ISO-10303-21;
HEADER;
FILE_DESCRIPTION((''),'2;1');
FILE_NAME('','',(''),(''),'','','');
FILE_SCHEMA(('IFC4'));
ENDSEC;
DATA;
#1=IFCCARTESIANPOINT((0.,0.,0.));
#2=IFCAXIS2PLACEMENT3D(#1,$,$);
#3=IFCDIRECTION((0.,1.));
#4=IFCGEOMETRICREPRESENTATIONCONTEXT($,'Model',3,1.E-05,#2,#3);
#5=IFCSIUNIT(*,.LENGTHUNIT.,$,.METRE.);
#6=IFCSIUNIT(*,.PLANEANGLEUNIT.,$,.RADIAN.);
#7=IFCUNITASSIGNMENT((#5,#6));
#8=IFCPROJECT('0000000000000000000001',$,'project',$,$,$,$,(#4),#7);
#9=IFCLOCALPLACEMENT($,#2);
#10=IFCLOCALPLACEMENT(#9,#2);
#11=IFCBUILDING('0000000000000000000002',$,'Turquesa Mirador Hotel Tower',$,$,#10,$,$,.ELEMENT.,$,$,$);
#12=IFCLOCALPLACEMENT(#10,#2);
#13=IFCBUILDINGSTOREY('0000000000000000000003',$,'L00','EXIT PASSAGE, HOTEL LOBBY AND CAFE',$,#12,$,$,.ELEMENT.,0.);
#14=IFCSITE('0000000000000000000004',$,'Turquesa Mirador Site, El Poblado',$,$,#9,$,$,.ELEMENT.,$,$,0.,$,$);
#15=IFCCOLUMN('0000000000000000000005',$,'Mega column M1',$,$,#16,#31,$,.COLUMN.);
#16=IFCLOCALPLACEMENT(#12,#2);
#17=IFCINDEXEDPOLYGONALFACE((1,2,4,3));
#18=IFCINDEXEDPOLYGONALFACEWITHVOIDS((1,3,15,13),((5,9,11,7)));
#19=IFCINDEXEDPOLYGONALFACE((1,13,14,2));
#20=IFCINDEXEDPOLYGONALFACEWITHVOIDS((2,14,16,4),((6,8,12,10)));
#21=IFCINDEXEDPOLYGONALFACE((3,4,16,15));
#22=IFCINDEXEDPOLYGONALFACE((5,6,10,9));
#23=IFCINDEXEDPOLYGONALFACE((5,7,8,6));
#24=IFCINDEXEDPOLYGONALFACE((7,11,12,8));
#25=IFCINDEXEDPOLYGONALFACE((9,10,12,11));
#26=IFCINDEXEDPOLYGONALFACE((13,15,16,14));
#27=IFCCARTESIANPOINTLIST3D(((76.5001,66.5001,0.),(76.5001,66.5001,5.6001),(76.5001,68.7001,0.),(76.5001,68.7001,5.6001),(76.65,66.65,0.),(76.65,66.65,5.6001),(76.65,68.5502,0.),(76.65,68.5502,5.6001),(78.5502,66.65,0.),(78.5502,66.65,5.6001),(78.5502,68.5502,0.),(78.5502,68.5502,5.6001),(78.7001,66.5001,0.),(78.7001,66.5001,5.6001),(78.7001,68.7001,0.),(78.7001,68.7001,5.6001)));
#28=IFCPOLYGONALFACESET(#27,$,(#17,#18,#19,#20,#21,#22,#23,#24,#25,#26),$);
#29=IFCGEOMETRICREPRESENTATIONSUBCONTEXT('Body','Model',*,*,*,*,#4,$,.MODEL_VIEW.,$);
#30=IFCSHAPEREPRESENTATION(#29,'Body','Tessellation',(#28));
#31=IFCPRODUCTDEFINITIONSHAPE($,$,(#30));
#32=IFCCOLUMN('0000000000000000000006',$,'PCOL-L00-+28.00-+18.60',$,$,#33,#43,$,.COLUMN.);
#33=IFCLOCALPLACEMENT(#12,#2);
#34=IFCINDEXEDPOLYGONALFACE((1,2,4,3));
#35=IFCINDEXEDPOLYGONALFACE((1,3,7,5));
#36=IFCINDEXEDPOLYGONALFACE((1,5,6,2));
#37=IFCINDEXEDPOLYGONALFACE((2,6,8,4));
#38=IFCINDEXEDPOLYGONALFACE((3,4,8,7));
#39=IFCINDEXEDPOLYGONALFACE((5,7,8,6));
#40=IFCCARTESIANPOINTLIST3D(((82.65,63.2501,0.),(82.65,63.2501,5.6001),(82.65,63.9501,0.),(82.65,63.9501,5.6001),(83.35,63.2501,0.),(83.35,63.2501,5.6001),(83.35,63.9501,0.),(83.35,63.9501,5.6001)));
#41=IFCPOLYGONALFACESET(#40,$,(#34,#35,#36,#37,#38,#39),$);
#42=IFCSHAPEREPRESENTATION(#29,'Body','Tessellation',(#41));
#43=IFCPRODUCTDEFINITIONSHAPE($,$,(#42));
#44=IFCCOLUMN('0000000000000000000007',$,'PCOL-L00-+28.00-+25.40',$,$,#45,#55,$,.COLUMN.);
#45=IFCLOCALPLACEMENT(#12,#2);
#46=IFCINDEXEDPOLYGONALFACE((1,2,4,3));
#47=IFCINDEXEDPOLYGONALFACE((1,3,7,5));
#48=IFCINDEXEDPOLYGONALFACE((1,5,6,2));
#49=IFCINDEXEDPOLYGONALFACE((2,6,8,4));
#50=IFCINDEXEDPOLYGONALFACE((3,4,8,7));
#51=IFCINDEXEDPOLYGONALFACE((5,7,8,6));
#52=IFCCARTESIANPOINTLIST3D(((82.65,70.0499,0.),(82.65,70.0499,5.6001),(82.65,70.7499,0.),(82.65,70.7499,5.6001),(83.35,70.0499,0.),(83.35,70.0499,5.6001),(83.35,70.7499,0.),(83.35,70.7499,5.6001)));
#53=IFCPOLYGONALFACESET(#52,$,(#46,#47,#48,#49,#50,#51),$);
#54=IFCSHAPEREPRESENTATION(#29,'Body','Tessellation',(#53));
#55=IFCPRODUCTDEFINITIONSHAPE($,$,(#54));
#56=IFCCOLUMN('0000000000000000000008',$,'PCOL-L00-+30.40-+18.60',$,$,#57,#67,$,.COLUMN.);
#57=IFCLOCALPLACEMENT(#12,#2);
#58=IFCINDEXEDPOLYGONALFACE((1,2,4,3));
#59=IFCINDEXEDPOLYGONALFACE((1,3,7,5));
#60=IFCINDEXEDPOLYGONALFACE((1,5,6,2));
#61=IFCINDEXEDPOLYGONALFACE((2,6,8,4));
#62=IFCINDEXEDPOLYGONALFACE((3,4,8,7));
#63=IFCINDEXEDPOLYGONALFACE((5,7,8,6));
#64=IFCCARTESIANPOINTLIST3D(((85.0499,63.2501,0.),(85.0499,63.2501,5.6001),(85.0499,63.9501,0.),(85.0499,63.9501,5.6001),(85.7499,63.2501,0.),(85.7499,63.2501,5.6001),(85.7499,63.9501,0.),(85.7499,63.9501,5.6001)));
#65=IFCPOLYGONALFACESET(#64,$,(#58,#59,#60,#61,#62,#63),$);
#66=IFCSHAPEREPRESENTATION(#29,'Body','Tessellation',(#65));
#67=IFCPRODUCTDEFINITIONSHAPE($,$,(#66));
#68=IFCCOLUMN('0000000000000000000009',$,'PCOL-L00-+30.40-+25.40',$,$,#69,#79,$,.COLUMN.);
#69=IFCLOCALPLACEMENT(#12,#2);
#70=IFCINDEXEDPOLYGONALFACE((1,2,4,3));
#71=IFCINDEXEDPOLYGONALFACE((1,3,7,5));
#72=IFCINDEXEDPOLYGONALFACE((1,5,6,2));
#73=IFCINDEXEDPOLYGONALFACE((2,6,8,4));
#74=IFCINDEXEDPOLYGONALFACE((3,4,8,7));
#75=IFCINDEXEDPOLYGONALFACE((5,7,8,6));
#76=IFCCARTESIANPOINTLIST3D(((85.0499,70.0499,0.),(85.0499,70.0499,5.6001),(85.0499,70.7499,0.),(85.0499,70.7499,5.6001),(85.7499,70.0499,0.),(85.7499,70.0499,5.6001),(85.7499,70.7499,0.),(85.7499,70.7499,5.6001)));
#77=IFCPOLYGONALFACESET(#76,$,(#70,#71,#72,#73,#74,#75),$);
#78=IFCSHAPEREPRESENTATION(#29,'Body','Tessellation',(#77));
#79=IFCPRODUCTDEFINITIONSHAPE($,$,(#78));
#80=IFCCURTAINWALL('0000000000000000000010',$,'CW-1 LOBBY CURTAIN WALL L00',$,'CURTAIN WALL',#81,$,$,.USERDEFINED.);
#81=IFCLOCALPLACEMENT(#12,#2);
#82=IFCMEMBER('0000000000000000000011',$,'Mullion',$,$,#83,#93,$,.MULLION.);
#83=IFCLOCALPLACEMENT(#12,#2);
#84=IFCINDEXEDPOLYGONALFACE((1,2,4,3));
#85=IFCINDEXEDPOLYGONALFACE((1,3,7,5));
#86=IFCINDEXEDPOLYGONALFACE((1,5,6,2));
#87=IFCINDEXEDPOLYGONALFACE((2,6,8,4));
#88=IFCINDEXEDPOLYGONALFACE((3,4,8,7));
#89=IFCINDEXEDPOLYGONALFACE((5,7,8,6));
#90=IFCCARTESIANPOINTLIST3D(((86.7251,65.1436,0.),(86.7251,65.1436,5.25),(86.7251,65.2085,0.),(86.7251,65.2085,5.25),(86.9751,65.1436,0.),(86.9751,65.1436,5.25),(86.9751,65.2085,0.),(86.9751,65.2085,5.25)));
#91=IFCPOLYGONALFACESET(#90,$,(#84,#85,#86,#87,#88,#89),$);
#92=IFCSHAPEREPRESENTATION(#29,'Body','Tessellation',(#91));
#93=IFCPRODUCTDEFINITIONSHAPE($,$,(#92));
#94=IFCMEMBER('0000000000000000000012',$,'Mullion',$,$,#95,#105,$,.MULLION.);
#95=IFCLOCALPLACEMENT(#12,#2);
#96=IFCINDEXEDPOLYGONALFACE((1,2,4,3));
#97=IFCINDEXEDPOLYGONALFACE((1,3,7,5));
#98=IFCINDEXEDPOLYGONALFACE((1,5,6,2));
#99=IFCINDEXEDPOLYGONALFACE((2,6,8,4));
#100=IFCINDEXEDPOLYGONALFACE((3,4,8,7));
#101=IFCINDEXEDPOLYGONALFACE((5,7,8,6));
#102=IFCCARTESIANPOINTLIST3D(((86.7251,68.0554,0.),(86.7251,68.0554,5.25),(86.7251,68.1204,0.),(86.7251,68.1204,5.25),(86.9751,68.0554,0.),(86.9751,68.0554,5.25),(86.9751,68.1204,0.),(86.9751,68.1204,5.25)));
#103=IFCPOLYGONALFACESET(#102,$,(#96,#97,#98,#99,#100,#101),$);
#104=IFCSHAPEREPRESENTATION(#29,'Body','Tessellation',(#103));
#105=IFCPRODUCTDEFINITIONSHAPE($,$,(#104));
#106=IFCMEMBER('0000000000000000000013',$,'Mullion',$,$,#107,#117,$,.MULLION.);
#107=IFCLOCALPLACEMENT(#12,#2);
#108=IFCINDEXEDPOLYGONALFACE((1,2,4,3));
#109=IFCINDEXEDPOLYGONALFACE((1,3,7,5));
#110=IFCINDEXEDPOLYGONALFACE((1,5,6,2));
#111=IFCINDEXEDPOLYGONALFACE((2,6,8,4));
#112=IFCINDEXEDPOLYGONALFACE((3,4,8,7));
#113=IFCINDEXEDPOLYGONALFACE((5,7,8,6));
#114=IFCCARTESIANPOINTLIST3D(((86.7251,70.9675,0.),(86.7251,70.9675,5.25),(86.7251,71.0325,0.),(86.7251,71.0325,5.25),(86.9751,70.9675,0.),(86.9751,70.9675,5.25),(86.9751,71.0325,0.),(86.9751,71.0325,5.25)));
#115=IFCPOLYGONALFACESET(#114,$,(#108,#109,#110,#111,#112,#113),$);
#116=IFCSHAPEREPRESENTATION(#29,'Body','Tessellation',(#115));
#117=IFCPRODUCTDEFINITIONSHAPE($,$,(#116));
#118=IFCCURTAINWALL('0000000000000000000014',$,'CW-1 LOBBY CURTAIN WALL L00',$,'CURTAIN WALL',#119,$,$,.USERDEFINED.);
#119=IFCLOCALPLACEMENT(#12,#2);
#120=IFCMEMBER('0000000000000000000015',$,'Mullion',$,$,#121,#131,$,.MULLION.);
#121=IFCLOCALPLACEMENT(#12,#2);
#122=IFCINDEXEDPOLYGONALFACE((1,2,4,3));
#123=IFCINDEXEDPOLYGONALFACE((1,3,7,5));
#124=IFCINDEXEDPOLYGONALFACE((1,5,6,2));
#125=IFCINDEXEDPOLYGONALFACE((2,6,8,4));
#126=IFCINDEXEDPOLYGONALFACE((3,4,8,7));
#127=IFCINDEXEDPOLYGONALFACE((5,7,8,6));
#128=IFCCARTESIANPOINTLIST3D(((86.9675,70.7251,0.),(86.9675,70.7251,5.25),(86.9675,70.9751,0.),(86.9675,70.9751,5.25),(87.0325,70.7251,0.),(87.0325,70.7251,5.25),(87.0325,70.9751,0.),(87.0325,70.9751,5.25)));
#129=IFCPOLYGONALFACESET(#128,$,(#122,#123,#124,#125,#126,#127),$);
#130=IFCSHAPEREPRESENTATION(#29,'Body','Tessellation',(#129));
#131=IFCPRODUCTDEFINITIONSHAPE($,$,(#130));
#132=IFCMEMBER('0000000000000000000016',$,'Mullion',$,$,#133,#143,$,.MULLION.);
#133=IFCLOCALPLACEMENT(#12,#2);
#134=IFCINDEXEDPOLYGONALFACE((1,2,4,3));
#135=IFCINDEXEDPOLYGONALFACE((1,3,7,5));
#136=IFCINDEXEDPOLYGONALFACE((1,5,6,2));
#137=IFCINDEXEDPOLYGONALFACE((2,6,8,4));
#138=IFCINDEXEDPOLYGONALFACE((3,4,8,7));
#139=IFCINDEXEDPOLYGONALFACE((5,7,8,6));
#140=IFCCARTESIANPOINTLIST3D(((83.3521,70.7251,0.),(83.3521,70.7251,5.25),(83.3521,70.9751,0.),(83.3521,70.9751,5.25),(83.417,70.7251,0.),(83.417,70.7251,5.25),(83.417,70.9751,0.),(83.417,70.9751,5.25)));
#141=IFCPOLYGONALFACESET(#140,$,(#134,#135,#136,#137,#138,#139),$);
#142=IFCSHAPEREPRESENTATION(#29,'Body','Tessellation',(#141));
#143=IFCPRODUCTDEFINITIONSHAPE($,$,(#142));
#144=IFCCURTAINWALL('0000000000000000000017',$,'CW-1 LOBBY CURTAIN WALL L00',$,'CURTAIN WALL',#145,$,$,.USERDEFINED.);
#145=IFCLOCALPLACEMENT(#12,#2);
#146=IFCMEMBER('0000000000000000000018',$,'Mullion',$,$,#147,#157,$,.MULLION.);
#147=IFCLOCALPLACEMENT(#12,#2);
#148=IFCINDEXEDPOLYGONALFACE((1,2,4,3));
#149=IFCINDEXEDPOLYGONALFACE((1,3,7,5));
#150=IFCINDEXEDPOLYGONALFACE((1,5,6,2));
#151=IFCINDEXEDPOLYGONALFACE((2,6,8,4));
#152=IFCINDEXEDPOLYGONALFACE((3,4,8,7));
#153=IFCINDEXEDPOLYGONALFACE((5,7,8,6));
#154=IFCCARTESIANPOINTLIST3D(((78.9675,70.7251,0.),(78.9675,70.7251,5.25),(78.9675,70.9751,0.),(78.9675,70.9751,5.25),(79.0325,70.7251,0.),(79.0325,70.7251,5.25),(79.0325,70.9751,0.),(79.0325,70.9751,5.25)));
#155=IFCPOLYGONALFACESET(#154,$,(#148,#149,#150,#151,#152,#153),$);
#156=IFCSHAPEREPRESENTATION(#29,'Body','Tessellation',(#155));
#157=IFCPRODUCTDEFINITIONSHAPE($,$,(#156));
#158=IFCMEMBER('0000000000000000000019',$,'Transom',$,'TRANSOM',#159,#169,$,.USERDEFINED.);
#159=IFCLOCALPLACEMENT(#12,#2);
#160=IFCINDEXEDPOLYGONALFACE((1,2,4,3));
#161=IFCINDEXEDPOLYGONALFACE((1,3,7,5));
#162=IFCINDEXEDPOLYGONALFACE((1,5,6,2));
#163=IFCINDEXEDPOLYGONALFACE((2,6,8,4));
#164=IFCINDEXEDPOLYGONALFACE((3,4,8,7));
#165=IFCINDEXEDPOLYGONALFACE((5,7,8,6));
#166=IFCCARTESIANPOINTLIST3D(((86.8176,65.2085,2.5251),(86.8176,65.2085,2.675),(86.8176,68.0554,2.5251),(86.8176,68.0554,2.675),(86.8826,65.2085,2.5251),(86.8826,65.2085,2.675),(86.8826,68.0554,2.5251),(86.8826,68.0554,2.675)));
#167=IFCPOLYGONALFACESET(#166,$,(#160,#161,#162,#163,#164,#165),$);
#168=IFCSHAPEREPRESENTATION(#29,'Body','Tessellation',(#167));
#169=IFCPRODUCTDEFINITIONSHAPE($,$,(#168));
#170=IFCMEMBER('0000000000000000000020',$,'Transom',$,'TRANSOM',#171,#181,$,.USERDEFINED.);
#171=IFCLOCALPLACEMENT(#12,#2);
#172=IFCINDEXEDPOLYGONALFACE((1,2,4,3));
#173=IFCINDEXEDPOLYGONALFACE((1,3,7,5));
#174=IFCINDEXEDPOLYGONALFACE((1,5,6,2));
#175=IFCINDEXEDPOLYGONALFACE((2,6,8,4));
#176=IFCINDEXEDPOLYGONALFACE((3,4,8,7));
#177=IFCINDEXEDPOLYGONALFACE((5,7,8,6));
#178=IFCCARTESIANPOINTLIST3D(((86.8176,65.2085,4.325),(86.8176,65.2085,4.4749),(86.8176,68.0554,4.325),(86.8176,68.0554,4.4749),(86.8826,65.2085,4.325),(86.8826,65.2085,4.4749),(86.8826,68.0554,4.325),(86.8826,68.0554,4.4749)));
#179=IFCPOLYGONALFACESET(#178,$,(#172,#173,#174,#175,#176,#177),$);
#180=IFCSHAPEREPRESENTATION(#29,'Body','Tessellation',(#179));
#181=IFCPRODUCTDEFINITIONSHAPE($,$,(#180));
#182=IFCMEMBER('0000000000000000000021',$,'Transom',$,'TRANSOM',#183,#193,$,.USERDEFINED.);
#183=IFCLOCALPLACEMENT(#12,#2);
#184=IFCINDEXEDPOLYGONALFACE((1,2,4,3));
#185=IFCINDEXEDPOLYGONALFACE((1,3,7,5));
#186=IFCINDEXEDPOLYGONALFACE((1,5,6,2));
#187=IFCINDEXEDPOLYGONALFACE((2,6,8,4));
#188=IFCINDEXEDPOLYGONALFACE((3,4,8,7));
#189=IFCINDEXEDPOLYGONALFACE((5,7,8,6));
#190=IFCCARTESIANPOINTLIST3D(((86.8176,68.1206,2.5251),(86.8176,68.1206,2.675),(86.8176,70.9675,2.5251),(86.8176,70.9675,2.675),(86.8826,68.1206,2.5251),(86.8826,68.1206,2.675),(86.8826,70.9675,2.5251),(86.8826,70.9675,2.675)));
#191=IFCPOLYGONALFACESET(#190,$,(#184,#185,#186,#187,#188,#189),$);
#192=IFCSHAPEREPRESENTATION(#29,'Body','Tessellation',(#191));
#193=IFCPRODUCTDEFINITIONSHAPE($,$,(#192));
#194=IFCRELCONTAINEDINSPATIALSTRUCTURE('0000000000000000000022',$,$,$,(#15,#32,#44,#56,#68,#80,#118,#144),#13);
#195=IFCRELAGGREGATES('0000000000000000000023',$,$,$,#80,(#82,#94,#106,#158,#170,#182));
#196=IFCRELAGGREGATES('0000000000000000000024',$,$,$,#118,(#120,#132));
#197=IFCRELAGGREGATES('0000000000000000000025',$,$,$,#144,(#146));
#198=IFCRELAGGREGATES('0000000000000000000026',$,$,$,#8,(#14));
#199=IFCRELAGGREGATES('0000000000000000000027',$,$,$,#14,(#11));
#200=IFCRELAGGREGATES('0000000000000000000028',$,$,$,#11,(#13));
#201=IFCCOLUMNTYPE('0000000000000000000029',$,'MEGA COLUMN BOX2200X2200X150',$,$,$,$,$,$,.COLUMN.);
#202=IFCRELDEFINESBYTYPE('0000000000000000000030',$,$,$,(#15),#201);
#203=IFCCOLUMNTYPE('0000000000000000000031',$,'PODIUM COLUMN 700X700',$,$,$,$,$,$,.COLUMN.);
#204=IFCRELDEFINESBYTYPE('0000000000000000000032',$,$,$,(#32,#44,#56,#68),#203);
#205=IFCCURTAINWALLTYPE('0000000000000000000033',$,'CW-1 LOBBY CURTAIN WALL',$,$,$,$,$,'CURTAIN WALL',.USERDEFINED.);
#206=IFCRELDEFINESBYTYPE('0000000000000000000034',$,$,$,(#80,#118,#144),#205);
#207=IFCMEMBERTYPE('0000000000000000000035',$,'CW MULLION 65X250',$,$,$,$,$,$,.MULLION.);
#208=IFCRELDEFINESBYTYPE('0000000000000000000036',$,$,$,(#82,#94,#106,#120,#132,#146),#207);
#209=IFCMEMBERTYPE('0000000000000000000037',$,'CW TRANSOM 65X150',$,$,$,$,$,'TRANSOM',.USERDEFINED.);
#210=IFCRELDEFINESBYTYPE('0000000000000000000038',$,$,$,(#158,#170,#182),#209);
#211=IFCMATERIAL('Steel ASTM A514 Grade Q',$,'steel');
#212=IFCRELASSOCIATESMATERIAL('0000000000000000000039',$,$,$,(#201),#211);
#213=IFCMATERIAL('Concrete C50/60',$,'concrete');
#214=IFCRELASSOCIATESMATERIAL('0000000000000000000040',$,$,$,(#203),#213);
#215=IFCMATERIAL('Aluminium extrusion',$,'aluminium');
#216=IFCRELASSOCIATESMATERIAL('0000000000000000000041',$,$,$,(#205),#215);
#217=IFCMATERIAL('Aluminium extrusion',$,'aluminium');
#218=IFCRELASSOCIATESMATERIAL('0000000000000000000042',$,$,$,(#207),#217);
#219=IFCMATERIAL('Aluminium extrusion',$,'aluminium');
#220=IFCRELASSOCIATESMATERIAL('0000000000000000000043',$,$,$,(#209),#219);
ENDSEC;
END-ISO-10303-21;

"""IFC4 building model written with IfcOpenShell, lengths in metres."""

from ifc_helpers import new_model, si_unit, direction, frame, origin, origin_2d, place, context, subcontext, project, spatial, rectangle, hollow_rectangle, extrude, material, material_profile, profile_set, type_object, element, aggregate, save


model = new_model("IFC4")

# Units and contexts
model_context = context("Model", 3, precision=1e-05, world=origin(), true_north=direction((0.0, 1.0)))
body_context = subcontext(model_context, "Body", "Model", "MODEL_VIEW")
ifc_project = project(units=[si_unit("LENGTHUNIT", "METRE"), si_unit("PLANEANGLEUNIT", "RADIAN")], contexts=[model_context])

# Site, building, storey
site_placement = place(None, origin())
site = spatial("IfcSite", under=ifc_project, at=site_placement, Name="Turquesa Mirador Site, El Poblado", CompositionType="ELEMENT", RefElevation=0.0)
building_placement = place(site_placement, origin())
building = spatial("IfcBuilding", under=site, at=building_placement, Name="Turquesa Mirador Hotel Tower", CompositionType="ELEMENT")
storey_placement = place(building_placement, origin())
storey = spatial("IfcBuildingStorey", under=building, at=storey_placement, Name="L00", Description="EXIT PASSAGE, HOTEL LOBBY AND CAFE", CompositionType="ELEMENT", Elevation=0.0)

# Columns
ifc_material_1 = material(Name="Steel ASTM A514 Grade Q", Category="steel")
ifc_material_profile_1 = material_profile(ifc_material_1, hollow_rectangle(XDim=2.2, YDim=2.2, WallThickness=0.1499, at=origin_2d()), Name="BOX2200X2200X150")
ifc_profile_set_1 = profile_set([ifc_material_profile_1], Name="Steel ASTM A514 Grade Q")
column_type_1 = type_object("IfcColumnType", Name="MEGA COLUMN BOX2200X2200X150", PredefinedType="COLUMN", material=ifc_profile_set_1)
column_placement = place(storey_placement, frame((77.6001, 67.6001, 0.0), z_axis=(0.0, 0.0, 1.0), x_axis=(1.0, 0.0, 0.0)))
element("IfcColumn", 1, at=column_placement, inside=storey, type_object=column_type_1, Name="Mega column M1", PredefinedType="COLUMN", context=body_context, shape_type="SweptSolid", body=[
    extrude(hollow_rectangle(XDim=2.2, YDim=2.2, WallThickness=0.1499, at=origin_2d()), origin(), (0.0, 0.0, 1.0), 5.6001),
])
ifc_material_2 = material(Name="Concrete C50/60", Category="concrete")
ifc_material_profile_2 = material_profile(ifc_material_2, rectangle(XDim=0.7, YDim=0.7, at=origin_2d()), Name="RC 700X700")
ifc_profile_set_2 = profile_set([ifc_material_profile_2], Name="Concrete C50/60")
column_type_2 = type_object("IfcColumnType", Name="PODIUM COLUMN 700X700", PredefinedType="COLUMN", material=ifc_profile_set_2)
for number, where, z_axis, x_axis, name in (
    (2, (83.0, 63.6001, 0.0), (0.0, 0.0, 1.0), (1.0, 0.0, 0.0), "PCOL-L00-+28.00-+18.60"),
    (3, (83.0, 70.3999, 0.0), (0.0, 0.0, 1.0), (1.0, 0.0, 0.0), "PCOL-L00-+28.00-+25.40"),
    (4, (85.3999, 63.6001, 0.0), (0.0, 0.0, 1.0), (1.0, 0.0, 0.0), "PCOL-L00-+30.40-+18.60"),
    (5, (85.3999, 70.3999, 0.0), (0.0, 0.0, 1.0), (1.0, 0.0, 0.0), "PCOL-L00-+30.40-+25.40"),
):
    element("IfcColumn", number, at=place(storey_placement, frame(where, z_axis=z_axis, x_axis=x_axis)), inside=storey, type_object=column_type_2, Name=name, PredefinedType="COLUMN", context=body_context, shape_type="SweptSolid", body=[
        extrude(rectangle(XDim=0.7, YDim=0.7, at=origin_2d()), origin(), (0.0, 0.0, 1.0), 5.6001),
    ])

# Curtain walls, members
ifc_material_3 = material(Name="Aluminium extrusion", Category="aluminium")
curtain_wall_type = type_object("IfcCurtainWallType", Name="CW-1 LOBBY CURTAIN WALL", ElementType="CURTAIN WALL", PredefinedType="USERDEFINED", material=ifc_material_3)
curtain_wall_1_placement = place(storey_placement, origin())
curtain_wall_1 = element("IfcCurtainWall", 6, at=curtain_wall_1_placement, inside=storey, type_object=curtain_wall_type, Name="CW-1 LOBBY CURTAIN WALL L00", ObjectType="CURTAIN WALL", PredefinedType="USERDEFINED")
ifc_material_4 = material(Name="Aluminium extrusion", Category="aluminium")
ifc_material_profile_3 = material_profile(ifc_material_4, rectangle(XDim=0.0649, YDim=0.25, at=origin_2d()), Name="MULLION 65X250")
ifc_profile_set_3 = profile_set([ifc_material_profile_3], Name="Aluminium extrusion")
member_type_1 = type_object("IfcMemberType", Name="CW MULLION 65X250", PredefinedType="MULLION", material=ifc_profile_set_3)
member_1_placement = place(storey_placement, frame((86.8501, 65.176, 0.0), z_axis=(0.0, 0.0, 1.0), x_axis=(0.0, 1.0, 0.0)))
member_1 = element("IfcMember", 7, at=member_1_placement, type_object=member_type_1, Name="Mullion", PredefinedType="MULLION", context=body_context, shape_type="SweptSolid", body=[
    extrude(rectangle(XDim=0.0649, YDim=0.25, at=origin_2d()), origin(), (0.0, 0.0, 1.0), 5.25),
])
member_2_placement = place(storey_placement, frame((86.8501, 68.0879, 0.0), z_axis=(0.0, 0.0, 1.0), x_axis=(0.0, 1.0, 0.0)))
member_2 = element("IfcMember", 8, at=member_2_placement, type_object=member_type_1, Name="Mullion", PredefinedType="MULLION", context=body_context, shape_type="SweptSolid", body=[
    extrude(rectangle(XDim=0.0649, YDim=0.25, at=origin_2d()), origin(), (0.0, 0.0, 1.0), 5.25),
])
member_3_placement = place(storey_placement, frame((86.8501, 71.0, 0.0), z_axis=(0.0, 0.0, 1.0), x_axis=(0.0, 1.0, 0.0)))
member_3 = element("IfcMember", 9, at=member_3_placement, type_object=member_type_1, Name="Mullion", PredefinedType="MULLION", context=body_context, shape_type="SweptSolid", body=[
    extrude(rectangle(XDim=0.0649, YDim=0.25, at=origin_2d()), origin(), (0.0, 0.0, 1.0), 5.25),
])
curtain_wall_2_placement = place(storey_placement, origin())
curtain_wall_2 = element("IfcCurtainWall", 10, at=curtain_wall_2_placement, inside=storey, type_object=curtain_wall_type, Name="CW-1 LOBBY CURTAIN WALL L00", ObjectType="CURTAIN WALL", PredefinedType="USERDEFINED")
member_4_placement = place(storey_placement, frame((87.0, 70.8501, 0.0), z_axis=(0.0, 0.0, 1.0), x_axis=(-1.0, 0.0, 0.0)))
member_4 = element("IfcMember", 11, at=member_4_placement, type_object=member_type_1, Name="Mullion", PredefinedType="MULLION", context=body_context, shape_type="SweptSolid", body=[
    extrude(rectangle(XDim=0.0649, YDim=0.25, at=origin_2d()), origin(), (0.0, 0.0, 1.0), 5.25),
])
member_5_placement = place(storey_placement, frame((83.3845, 70.8501, 0.0), z_axis=(0.0, 0.0, 1.0), x_axis=(-1.0, 0.0, 0.0)))
member_5 = element("IfcMember", 12, at=member_5_placement, type_object=member_type_1, Name="Mullion", PredefinedType="MULLION", context=body_context, shape_type="SweptSolid", body=[
    extrude(rectangle(XDim=0.0649, YDim=0.25, at=origin_2d()), origin(), (0.0, 0.0, 1.0), 5.25),
])

# Curtain wall, member
curtain_wall_3_placement = place(storey_placement, origin())
curtain_wall_3 = element("IfcCurtainWall", 13, at=curtain_wall_3_placement, inside=storey, type_object=curtain_wall_type, Name="CW-1 LOBBY CURTAIN WALL L00", ObjectType="CURTAIN WALL", PredefinedType="USERDEFINED")
member_6_placement = place(storey_placement, frame((79.0, 70.8501, 0.0), z_axis=(0.0, 0.0, 1.0), x_axis=(-1.0, 0.0, 0.0)))
member_6 = element("IfcMember", 14, at=member_6_placement, type_object=member_type_1, Name="Mullion", PredefinedType="MULLION", context=body_context, shape_type="SweptSolid", body=[
    extrude(rectangle(XDim=0.0649, YDim=0.25, at=origin_2d()), origin(), (0.0, 0.0, 1.0), 5.25),
])

# Members
ifc_material_5 = material(Name="Aluminium extrusion", Category="aluminium")
ifc_material_profile_4 = material_profile(ifc_material_5, rectangle(XDim=0.0649, YDim=0.1499, at=origin_2d()), Name="TRANSOM 65X150")
ifc_profile_set_4 = profile_set([ifc_material_profile_4], Name="Aluminium extrusion")
member_type_2 = type_object("IfcMemberType", Name="CW TRANSOM 65X150", ElementType="TRANSOM", PredefinedType="USERDEFINED", material=ifc_profile_set_4)
member_7_placement = place(storey_placement, frame((86.8501, 65.2085, 2.6001), z_axis=(0.0, 1.0, 0.0), x_axis=(-1.0, 0.0, 0.0)))
member_7 = element("IfcMember", 15, at=member_7_placement, type_object=member_type_2, Name="Transom", ObjectType="TRANSOM", PredefinedType="USERDEFINED", context=body_context, shape_type="SweptSolid", body=[
    extrude(rectangle(XDim=0.0649, YDim=0.1499, at=origin_2d()), origin(), (0.0, 0.0, 1.0), 2.8469),
])
member_8_placement = place(storey_placement, frame((86.8501, 65.2085, 4.3999), z_axis=(0.0, 1.0, 0.0), x_axis=(-1.0, 0.0, 0.0)))
member_8 = element("IfcMember", 16, at=member_8_placement, type_object=member_type_2, Name="Transom", ObjectType="TRANSOM", PredefinedType="USERDEFINED", context=body_context, shape_type="SweptSolid", body=[
    extrude(rectangle(XDim=0.0649, YDim=0.1499, at=origin_2d()), origin(), (0.0, 0.0, 1.0), 2.8469),
])
member_9_placement = place(storey_placement, frame((86.8501, 68.1206, 2.6001), z_axis=(0.0, 1.0, 0.0), x_axis=(-1.0, 0.0, 0.0)))
member_9 = element("IfcMember", 17, at=member_9_placement, type_object=member_type_2, Name="Transom", ObjectType="TRANSOM", PredefinedType="USERDEFINED", context=body_context, shape_type="SweptSolid", body=[
    extrude(rectangle(XDim=0.0649, YDim=0.1499, at=origin_2d()), origin(), (0.0, 0.0, 1.0), 2.8469),
])

aggregate(curtain_wall_1, [member_1, member_2, member_3, member_7, member_8, member_9])
aggregate(curtain_wall_2, [member_4, member_5])
aggregate(curtain_wall_3, [member_6])

save(model, "model.ifc")
